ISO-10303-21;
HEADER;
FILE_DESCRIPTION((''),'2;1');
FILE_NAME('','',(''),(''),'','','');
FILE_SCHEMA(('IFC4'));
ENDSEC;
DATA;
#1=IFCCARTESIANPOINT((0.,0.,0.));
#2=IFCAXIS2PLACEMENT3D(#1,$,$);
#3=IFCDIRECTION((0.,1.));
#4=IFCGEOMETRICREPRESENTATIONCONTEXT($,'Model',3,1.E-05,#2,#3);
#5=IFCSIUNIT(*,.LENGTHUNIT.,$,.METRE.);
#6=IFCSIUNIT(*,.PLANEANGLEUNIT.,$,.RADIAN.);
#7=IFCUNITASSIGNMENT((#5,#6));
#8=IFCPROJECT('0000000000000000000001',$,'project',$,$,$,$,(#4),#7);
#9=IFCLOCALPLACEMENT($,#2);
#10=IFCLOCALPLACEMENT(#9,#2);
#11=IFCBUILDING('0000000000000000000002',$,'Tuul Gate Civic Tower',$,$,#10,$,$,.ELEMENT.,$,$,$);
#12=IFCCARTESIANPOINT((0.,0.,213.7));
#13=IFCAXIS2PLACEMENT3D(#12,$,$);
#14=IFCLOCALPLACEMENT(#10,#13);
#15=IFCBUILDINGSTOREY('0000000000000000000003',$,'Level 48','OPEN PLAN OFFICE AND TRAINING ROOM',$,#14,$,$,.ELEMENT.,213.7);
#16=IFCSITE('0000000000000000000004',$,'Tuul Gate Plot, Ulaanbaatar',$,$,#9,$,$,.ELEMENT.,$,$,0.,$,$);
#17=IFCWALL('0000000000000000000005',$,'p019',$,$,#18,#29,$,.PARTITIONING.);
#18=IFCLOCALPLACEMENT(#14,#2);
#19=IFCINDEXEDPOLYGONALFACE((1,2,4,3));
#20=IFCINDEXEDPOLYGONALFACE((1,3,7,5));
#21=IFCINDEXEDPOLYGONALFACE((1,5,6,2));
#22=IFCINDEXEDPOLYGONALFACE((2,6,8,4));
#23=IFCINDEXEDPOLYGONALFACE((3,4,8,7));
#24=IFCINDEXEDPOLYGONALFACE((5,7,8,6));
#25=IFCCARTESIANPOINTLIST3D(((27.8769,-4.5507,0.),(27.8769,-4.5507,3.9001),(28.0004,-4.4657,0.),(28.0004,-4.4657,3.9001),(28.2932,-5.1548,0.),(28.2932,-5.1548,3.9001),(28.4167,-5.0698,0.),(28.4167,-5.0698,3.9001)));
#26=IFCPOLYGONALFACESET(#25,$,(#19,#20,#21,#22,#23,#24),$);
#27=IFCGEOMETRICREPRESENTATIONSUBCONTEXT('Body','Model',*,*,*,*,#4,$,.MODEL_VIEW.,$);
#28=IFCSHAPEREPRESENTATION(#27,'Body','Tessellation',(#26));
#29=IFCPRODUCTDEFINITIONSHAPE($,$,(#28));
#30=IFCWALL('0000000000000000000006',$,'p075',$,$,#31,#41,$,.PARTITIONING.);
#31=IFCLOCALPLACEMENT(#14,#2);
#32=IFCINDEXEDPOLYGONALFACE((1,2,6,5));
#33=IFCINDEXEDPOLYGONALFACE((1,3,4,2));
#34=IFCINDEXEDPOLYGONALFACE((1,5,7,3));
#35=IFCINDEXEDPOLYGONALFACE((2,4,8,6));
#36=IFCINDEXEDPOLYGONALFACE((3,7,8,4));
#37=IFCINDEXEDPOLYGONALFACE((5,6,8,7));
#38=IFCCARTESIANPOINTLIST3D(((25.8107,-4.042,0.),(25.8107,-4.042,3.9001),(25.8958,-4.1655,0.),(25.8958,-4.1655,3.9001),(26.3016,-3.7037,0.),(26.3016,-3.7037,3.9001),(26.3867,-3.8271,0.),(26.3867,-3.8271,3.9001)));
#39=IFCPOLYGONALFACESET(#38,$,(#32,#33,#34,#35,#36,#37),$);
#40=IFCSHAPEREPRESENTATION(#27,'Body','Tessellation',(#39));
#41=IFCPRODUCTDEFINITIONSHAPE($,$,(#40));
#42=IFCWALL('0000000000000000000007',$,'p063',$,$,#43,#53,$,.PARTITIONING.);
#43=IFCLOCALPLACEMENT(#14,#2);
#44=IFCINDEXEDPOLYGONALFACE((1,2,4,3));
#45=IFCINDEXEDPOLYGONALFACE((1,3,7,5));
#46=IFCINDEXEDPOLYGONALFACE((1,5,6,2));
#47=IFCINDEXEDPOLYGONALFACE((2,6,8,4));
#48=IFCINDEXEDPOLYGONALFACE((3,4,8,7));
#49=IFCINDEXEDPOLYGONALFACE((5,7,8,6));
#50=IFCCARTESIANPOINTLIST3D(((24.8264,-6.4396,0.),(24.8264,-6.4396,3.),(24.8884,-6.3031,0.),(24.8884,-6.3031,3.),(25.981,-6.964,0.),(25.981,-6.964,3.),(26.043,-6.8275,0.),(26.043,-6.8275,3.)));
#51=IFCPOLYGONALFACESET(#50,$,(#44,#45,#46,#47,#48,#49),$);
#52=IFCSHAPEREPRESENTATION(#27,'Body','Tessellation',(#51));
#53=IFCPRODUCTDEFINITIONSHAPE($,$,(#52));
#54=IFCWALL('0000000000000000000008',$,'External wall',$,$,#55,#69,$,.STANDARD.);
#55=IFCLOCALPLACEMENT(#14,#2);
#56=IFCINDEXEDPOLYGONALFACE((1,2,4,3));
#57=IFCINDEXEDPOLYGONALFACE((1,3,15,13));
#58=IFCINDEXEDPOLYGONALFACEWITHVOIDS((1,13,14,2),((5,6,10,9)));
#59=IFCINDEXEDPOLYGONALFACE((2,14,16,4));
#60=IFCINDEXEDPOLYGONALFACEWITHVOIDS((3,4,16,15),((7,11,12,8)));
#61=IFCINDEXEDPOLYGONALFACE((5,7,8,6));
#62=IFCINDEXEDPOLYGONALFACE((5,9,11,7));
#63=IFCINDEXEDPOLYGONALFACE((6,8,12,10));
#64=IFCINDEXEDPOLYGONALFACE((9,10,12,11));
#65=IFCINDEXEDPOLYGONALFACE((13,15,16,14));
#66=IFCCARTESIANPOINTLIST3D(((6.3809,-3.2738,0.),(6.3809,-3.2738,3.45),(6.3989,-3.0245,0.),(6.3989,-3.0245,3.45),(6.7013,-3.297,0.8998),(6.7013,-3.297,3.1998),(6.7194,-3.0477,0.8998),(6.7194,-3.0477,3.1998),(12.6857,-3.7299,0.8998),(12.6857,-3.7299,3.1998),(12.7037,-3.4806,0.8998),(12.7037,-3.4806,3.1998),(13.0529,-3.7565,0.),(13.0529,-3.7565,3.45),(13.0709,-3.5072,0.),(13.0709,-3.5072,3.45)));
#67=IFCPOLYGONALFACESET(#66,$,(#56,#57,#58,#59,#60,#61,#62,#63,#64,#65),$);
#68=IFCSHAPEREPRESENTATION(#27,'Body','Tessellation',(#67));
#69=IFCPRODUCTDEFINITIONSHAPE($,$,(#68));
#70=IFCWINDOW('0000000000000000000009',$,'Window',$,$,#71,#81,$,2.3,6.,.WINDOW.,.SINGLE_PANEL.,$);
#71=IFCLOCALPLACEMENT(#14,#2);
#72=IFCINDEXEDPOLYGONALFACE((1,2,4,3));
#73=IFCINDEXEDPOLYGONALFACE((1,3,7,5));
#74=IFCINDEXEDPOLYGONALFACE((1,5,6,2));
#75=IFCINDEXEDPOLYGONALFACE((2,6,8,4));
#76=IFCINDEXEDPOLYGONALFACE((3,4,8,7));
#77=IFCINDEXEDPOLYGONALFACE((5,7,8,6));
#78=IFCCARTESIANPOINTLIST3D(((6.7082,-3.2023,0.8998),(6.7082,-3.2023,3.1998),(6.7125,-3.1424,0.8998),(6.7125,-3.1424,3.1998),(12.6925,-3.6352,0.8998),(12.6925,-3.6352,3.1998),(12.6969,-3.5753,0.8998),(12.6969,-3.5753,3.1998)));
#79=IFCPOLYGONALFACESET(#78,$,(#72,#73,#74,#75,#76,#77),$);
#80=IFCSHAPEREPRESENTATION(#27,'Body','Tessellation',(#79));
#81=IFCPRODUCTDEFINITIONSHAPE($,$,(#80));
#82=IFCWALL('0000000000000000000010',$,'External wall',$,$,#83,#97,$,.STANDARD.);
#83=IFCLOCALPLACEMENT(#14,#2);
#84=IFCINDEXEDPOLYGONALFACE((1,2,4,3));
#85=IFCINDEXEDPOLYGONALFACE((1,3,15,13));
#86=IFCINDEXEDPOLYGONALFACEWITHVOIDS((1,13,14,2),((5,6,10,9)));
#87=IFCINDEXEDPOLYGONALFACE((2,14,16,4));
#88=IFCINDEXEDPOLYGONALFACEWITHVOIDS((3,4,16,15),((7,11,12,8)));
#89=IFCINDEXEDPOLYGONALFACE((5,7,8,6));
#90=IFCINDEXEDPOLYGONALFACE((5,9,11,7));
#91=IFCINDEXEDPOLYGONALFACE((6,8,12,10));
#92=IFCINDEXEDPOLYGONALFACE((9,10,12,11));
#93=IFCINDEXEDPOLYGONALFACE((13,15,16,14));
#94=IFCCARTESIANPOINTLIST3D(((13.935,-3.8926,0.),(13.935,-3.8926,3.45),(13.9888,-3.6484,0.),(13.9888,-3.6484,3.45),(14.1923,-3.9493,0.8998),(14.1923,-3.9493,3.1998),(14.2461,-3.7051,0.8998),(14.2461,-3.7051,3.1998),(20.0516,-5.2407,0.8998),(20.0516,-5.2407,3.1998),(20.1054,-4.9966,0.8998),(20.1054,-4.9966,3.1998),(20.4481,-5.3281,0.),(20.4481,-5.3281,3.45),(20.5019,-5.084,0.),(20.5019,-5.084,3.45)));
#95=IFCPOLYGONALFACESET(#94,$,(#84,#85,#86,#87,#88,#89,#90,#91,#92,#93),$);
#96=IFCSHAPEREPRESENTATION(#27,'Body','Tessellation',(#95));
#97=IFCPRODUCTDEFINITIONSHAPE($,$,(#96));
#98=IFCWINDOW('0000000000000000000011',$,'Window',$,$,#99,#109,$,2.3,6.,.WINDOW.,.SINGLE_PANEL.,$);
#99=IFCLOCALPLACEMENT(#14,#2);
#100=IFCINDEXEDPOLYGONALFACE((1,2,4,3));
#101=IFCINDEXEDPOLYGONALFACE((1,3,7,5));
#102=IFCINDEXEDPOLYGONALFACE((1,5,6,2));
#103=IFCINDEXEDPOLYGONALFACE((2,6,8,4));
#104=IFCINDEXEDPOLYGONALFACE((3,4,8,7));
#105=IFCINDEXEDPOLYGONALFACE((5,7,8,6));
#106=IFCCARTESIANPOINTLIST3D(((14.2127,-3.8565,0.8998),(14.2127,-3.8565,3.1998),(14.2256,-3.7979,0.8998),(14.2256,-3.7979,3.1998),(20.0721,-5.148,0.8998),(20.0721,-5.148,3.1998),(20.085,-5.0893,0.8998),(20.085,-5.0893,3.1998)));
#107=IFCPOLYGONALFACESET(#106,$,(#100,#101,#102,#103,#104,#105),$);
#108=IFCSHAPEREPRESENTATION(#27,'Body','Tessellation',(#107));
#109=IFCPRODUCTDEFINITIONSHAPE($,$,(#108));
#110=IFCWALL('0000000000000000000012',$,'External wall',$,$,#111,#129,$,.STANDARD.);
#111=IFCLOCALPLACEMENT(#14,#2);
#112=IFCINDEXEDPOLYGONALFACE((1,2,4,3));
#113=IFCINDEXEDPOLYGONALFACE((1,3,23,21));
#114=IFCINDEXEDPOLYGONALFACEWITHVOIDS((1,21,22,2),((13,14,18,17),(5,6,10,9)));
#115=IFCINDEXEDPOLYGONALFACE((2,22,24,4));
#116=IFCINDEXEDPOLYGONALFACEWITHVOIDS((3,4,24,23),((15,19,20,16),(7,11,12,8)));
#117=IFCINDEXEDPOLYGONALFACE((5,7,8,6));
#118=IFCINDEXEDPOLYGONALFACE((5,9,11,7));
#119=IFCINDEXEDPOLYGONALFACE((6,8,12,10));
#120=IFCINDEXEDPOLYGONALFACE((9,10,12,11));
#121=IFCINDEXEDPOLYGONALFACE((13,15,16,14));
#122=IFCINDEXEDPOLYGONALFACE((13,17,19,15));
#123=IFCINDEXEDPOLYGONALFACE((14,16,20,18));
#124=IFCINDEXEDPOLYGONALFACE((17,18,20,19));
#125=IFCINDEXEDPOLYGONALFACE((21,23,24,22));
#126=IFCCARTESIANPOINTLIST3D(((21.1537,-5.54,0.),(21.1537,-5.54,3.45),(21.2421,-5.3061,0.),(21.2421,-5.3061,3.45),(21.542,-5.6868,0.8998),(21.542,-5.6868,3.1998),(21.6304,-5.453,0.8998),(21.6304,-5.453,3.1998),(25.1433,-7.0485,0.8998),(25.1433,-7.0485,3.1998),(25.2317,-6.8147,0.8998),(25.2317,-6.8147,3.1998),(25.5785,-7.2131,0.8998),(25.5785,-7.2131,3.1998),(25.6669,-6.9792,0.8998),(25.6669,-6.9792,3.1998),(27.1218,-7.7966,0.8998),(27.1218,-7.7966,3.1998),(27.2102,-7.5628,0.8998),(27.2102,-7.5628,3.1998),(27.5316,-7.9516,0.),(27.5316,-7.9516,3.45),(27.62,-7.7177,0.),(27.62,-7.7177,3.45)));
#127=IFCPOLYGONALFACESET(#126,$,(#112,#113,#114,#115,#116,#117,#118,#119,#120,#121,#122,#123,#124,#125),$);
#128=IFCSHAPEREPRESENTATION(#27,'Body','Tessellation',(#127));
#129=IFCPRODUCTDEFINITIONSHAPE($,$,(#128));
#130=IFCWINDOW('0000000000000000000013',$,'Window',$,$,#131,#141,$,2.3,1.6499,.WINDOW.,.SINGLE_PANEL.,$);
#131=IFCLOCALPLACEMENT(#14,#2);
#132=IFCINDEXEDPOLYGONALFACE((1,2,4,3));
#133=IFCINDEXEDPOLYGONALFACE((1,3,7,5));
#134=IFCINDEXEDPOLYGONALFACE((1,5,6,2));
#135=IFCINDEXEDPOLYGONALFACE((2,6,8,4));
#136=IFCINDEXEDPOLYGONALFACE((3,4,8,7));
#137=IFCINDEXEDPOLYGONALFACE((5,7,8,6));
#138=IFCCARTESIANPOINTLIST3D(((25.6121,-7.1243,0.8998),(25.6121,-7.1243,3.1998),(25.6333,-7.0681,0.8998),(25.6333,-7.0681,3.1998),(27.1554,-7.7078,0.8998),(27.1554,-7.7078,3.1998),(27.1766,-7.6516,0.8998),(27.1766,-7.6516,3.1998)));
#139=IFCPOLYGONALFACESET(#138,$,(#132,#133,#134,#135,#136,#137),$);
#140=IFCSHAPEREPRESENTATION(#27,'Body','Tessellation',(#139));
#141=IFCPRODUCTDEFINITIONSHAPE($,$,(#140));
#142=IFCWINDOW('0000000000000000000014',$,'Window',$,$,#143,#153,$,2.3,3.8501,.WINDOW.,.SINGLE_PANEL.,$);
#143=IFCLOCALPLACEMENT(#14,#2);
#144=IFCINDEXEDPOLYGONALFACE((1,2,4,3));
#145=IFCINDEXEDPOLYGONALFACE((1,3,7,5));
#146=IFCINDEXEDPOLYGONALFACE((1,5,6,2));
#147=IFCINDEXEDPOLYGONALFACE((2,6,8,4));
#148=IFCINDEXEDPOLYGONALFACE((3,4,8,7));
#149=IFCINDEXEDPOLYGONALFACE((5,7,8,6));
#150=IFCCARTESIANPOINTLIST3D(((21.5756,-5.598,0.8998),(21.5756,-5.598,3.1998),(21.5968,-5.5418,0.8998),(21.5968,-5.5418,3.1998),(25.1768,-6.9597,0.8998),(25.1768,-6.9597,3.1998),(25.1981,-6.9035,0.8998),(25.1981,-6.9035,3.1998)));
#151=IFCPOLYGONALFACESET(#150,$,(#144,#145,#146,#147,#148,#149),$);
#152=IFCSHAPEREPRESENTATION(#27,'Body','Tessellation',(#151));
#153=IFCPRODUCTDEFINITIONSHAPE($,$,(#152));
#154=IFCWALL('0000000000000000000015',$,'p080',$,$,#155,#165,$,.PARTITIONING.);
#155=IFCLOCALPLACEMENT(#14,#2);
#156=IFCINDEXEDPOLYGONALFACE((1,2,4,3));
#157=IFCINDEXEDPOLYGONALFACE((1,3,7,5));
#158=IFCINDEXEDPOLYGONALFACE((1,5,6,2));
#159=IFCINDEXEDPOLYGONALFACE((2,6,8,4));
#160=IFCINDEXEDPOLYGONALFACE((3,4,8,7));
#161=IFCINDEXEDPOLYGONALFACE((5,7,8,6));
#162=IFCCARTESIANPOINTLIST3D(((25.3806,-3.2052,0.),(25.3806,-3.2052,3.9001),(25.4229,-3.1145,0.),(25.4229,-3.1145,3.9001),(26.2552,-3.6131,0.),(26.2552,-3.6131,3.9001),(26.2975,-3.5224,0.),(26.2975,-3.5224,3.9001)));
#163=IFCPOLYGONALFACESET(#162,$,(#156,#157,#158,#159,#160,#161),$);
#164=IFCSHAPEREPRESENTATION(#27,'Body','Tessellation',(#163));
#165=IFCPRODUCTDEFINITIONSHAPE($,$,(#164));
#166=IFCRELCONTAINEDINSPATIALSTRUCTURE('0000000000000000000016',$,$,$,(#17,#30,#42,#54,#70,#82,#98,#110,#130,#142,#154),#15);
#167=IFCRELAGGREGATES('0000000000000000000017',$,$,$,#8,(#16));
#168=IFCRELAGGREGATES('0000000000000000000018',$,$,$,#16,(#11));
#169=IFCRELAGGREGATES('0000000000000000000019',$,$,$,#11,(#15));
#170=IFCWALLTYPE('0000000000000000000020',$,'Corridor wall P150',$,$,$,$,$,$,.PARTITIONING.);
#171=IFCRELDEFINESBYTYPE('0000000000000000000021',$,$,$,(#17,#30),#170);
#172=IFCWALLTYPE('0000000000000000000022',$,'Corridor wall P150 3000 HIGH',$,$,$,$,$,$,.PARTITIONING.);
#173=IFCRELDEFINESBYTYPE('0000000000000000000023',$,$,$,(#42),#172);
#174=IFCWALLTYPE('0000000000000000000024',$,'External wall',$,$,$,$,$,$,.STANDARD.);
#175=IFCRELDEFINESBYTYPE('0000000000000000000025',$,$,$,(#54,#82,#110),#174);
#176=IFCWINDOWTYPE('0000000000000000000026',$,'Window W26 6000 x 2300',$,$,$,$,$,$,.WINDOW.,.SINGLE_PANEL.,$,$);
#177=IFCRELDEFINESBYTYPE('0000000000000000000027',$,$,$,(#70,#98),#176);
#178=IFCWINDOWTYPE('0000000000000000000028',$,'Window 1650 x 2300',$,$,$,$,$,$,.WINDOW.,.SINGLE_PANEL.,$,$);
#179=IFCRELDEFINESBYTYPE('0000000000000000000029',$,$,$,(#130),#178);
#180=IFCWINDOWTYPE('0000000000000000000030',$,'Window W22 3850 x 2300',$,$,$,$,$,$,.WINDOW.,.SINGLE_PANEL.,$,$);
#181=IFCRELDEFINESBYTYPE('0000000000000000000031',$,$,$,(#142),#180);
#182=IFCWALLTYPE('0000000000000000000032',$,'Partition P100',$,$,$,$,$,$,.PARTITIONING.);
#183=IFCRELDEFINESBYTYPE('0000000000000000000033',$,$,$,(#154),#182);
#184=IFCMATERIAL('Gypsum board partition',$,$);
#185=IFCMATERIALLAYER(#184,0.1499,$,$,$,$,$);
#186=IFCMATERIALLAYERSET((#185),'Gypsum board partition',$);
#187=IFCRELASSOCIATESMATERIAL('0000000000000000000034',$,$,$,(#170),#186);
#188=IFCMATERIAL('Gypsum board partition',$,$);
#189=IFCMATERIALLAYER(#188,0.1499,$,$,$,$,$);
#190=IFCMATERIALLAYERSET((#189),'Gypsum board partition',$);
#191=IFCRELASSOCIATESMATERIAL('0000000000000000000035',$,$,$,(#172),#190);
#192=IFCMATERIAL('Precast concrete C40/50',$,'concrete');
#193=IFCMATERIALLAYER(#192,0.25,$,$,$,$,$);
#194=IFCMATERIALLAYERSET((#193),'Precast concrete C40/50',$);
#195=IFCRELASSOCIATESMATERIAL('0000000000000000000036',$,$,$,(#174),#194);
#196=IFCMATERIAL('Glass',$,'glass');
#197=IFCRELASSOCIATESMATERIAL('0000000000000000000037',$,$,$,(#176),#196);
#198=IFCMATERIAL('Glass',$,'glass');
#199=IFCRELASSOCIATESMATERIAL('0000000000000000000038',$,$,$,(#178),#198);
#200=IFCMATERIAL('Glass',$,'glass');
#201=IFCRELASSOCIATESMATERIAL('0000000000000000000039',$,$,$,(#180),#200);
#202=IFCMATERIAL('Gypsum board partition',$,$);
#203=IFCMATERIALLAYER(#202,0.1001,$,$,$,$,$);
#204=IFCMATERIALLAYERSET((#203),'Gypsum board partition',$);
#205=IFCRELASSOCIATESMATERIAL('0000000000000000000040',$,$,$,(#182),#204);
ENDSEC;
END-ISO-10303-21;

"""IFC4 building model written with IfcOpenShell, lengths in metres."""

from ifc_helpers import new_model, si_unit, direction, frame, frame_2d, origin, place, context, subcontext, project, spatial, rectangle, extrude, material, layer, layer_set, type_object, element, fill, save


model = new_model("IFC4")

# Units and contexts
model_context = context("Model", 3, precision=1e-05, world=origin(), true_north=direction((0.0, 1.0)))
body_context = subcontext(model_context, "Body", "Model", "MODEL_VIEW")
ifc_project = project(units=[si_unit("LENGTHUNIT", "METRE"), si_unit("PLANEANGLEUNIT", "RADIAN")], contexts=[model_context])

# Site, building, storey
site_placement = place(None, origin())
site = spatial("IfcSite", under=ifc_project, at=site_placement, Name="Tuul Gate Plot, Ulaanbaatar", CompositionType="ELEMENT", RefElevation=0.0)
building_placement = place(site_placement, origin())
building = spatial("IfcBuilding", under=site, at=building_placement, Name="Tuul Gate Civic Tower", CompositionType="ELEMENT")
storey_placement = place(building_placement, frame((0.0, 0.0, 213.7)))
storey = spatial("IfcBuildingStorey", under=building, at=storey_placement, Name="Level 48", Description="OPEN PLAN OFFICE AND TRAINING ROOM", CompositionType="ELEMENT", Elevation=213.7)

# Walls
ifc_material_1 = material(Name="Gypsum board partition")
ifc_layer_1 = layer(ifc_material_1, 0.1499)
ifc_layer_set_1 = layer_set([ifc_layer_1], Name="Gypsum board partition")
wall_type_1 = type_object("IfcWallType", Name="Corridor wall P150", PredefinedType="PARTITIONING", material=ifc_layer_set_1)
wall_1_placement = place(storey_placement, frame((27.9387, -4.5083, 0.0), z_axis=(0.0, 0.0, 1.0), x_axis=(0.567461, -0.8234, 0.0)))
element("IfcWall", 1, at=wall_1_placement, inside=storey, type_object=wall_type_1, Name="p019", PredefinedType="PARTITIONING", context=body_context, shape_type="SweptSolid", body=[
    extrude(rectangle(XDim=0.7336, YDim=0.1499, at=frame_2d((0.3667, 0.0))), origin(), (0.0, 0.0, 1.0), 3.9001),
])
wall_2_placement = place(storey_placement, frame((25.8533, -4.1038, 0.0), z_axis=(0.0, 0.0, 1.0), x_axis=(0.823384, 0.567484, 0.0)))
element("IfcWall", 2, at=wall_2_placement, inside=storey, type_object=wall_type_1, Name="p075", PredefinedType="PARTITIONING", context=body_context, shape_type="SweptSolid", body=[
    extrude(rectangle(XDim=0.5962, YDim=0.1499, at=frame_2d((0.2981, 0.0))), origin(), (0.0, 0.0, 1.0), 3.9001),
])
ifc_material_2 = material(Name="Gypsum board partition")
ifc_layer_2 = layer(ifc_material_2, 0.1499)
ifc_layer_set_2 = layer_set([ifc_layer_2], Name="Gypsum board partition")
wall_type_2 = type_object("IfcWallType", Name="Corridor wall P150 3000 HIGH", PredefinedType="PARTITIONING", material=ifc_layer_set_2)
wall_3_placement = place(storey_placement, frame((24.8574, -6.3713, 0.0), z_axis=(0.0, 0.0, 1.0), x_axis=(0.910479, -0.413556, 0.0)))
element("IfcWall", 3, at=wall_3_placement, inside=storey, type_object=wall_type_2, Name="p063", PredefinedType="PARTITIONING", context=body_context, shape_type="SweptSolid", body=[
    extrude(rectangle(XDim=1.2681, YDim=0.1499, at=frame_2d((0.634, 0.0))), origin(), (0.0, 0.0, 1.0), 3.0),
])

# Walls, openings, windows
ifc_material_3 = material(Name="Precast concrete C40/50", Category="concrete")
ifc_layer_3 = layer(ifc_material_3, 0.25)
ifc_layer_set_3 = layer_set([ifc_layer_3], Name="Precast concrete C40/50")
wall_type_3 = type_object("IfcWallType", Name="External wall", PredefinedType="STANDARD", material=ifc_layer_set_3)
wall_4_placement = place(storey_placement, frame((6.3899, -3.1492, 0.0), z_axis=(0.0, 0.0, 1.0), x_axis=(0.997394, -0.072152, 0.0)))
wall_4 = element("IfcWall", 4, at=wall_4_placement, inside=storey, type_object=wall_type_3, Name="External wall", PredefinedType="STANDARD", context=body_context, shape_type="SweptSolid", body=[
    extrude(rectangle(XDim=6.6895, YDim=0.25, at=frame_2d((3.3447, 0.0))), origin(), (0.0, 0.0, 1.0), 3.45),
])
opening_1_placement = place(wall_4_placement, frame((0.3213, 0.0, 0.8999)))
opening_1 = element("IfcOpeningElement", 5, at=opening_1_placement, cuts=wall_4, PredefinedType="OPENING", context=body_context, shape_type="SweptSolid", body=[
    extrude(rectangle(XDim=6.0, YDim=2.3, at=frame_2d((3.0, 1.1499))), frame((0.0, 0.135, 0.0), z_axis=(0.0, -1.0, 0.0), x_axis=(1.0, 0.0, 0.0)), (0.0, 0.0, 1.0), 0.27),
])
ifc_material_4 = material(Name="Glass", Category="glass")
window_type_1 = type_object("IfcWindowType", Name="Window W26 6000 x 2300", PartitioningType="SINGLE_PANEL", PredefinedType="WINDOW", material=ifc_material_4)
window_1_placement = place(opening_1_placement, origin())
window_1 = element("IfcWindow", 6, at=window_1_placement, inside=storey, type_object=window_type_1, Name="Window", OverallHeight=2.3, OverallWidth=6.0, PartitioningType="SINGLE_PANEL", PredefinedType="WINDOW", context=body_context, shape_type="SweptSolid", body=[
    extrude(rectangle(XDim=6.0, YDim=2.3, at=frame_2d((3.0, 1.1499))), frame((0.0, 0.03, 0.0), z_axis=(0.0, -1.0, 0.0), x_axis=(1.0, 0.0, 0.0)), (0.0, 0.0, 1.0), 0.0601),
])
fill(opening_1, window_1)
wall_5_placement = place(storey_placement, frame((13.9619, -3.7705, 0.0), z_axis=(0.0, 0.0, 1.0), x_axis=(0.976561, -0.21524, 0.0)))
wall_5 = element("IfcWall", 7, at=wall_5_placement, inside=storey, type_object=wall_type_3, Name="External wall", PredefinedType="STANDARD", context=body_context, shape_type="SweptSolid", body=[
    extrude(rectangle(XDim=6.6694, YDim=0.25, at=frame_2d((3.3347, 0.0))), origin(), (0.0, 0.0, 1.0), 3.45),
])
opening_2_placement = place(wall_5_placement, frame((0.2634, 0.0, 0.8999)))
opening_2 = element("IfcOpeningElement", 8, at=opening_2_placement, cuts=wall_5, PredefinedType="OPENING", context=body_context, shape_type="SweptSolid", body=[
    extrude(rectangle(XDim=6.0, YDim=2.3, at=frame_2d((3.0, 1.1499))), frame((0.0, 0.135, 0.0), z_axis=(0.0, -1.0, 0.0), x_axis=(1.0, 0.0, 0.0)), (0.0, 0.0, 1.0), 0.27),
])
window_2_placement = place(opening_2_placement, origin())
window_2 = element("IfcWindow", 9, at=window_2_placement, inside=storey, type_object=window_type_1, Name="Window", OverallHeight=2.3, OverallWidth=6.0, PartitioningType="SINGLE_PANEL", PredefinedType="WINDOW", context=body_context, shape_type="SweptSolid", body=[
    extrude(rectangle(XDim=6.0, YDim=2.3, at=frame_2d((3.0, 1.1499))), frame((0.0, 0.03, 0.0), z_axis=(0.0, -1.0, 0.0), x_axis=(1.0, 0.0, 0.0)), (0.0, 0.0, 1.0), 0.0601),
])
fill(opening_2, window_2)

# Wall, openings, windows
wall_6_placement = place(storey_placement, frame((21.198, -5.4231, 0.0), z_axis=(0.0, 0.0, 1.0), x_axis=(0.935366, -0.35368, 0.0)))
wall_6 = element("IfcWall", 10, at=wall_6_placement, inside=storey, type_object=wall_type_3, Name="External wall", PredefinedType="STANDARD", context=body_context, shape_type="SweptSolid", body=[
    extrude(rectangle(XDim=6.8186, YDim=0.25, at=frame_2d((3.4092, 0.0))), origin(), (0.0, 0.0, 1.0), 3.45),
])
opening_3_placement = place(wall_6_placement, frame((0.415, 0.0, 0.8999)))
opening_3 = element("IfcOpeningElement", 11, at=opening_3_placement, cuts=wall_6, PredefinedType="OPENING", context=body_context, shape_type="SweptSolid", body=[
    extrude(rectangle(XDim=3.8501, YDim=2.3, at=frame_2d((1.925, 1.1499))), frame((0.0, 0.135, 0.0), z_axis=(0.0, -1.0, 0.0), x_axis=(1.0, 0.0, 0.0)), (0.0, 0.0, 1.0), 0.27),
])
opening_4_placement = place(wall_6_placement, frame((4.7305, 0.0, 0.8999)))
opening_4 = element("IfcOpeningElement", 12, at=opening_4_placement, cuts=wall_6, PredefinedType="OPENING", context=body_context, shape_type="SweptSolid", body=[
    extrude(rectangle(XDim=1.6499, YDim=2.3, at=frame_2d((0.825, 1.1499))), frame((0.0, 0.135, 0.0), z_axis=(0.0, -1.0, 0.0), x_axis=(1.0, 0.0, 0.0)), (0.0, 0.0, 1.0), 0.27),
])
ifc_material_5 = material(Name="Glass", Category="glass")
window_type_2 = type_object("IfcWindowType", Name="Window 1650 x 2300", PartitioningType="SINGLE_PANEL", PredefinedType="WINDOW", material=ifc_material_5)
window_3_placement = place(opening_4_placement, origin())
window_3 = element("IfcWindow", 13, at=window_3_placement, inside=storey, type_object=window_type_2, Name="Window", OverallHeight=2.3, OverallWidth=1.6499, PartitioningType="SINGLE_PANEL", PredefinedType="WINDOW", context=body_context, shape_type="SweptSolid", body=[
    extrude(rectangle(XDim=1.6499, YDim=2.3, at=frame_2d((0.825, 1.1499))), frame((0.0, 0.03, 0.0), z_axis=(0.0, -1.0, 0.0), x_axis=(1.0, 0.0, 0.0)), (0.0, 0.0, 1.0), 0.0601),
])
fill(opening_4, window_3)
ifc_material_6 = material(Name="Glass", Category="glass")
window_type_3 = type_object("IfcWindowType", Name="Window W22 3850 x 2300", PartitioningType="SINGLE_PANEL", PredefinedType="WINDOW", material=ifc_material_6)
window_4_placement = place(opening_3_placement, origin())
window_4 = element("IfcWindow", 14, at=window_4_placement, inside=storey, type_object=window_type_3, Name="Window", OverallHeight=2.3, OverallWidth=3.8501, PartitioningType="SINGLE_PANEL", PredefinedType="WINDOW", context=body_context, shape_type="SweptSolid", body=[
    extrude(rectangle(XDim=3.8501, YDim=2.3, at=frame_2d((1.925, 1.1499))), frame((0.0, 0.03, 0.0), z_axis=(0.0, -1.0, 0.0), x_axis=(1.0, 0.0, 0.0)), (0.0, 0.0, 1.0), 0.0601),
])
fill(opening_3, window_4)

# Wall
ifc_material_7 = material(Name="Gypsum board partition")
ifc_layer_4 = layer(ifc_material_7, 0.1001)
ifc_layer_set_4 = layer_set([ifc_layer_4], Name="Gypsum board partition")
wall_type_4 = type_object("IfcWallType", Name="Partition P100", PredefinedType="PARTITIONING", material=ifc_layer_set_4)
wall_7_placement = place(storey_placement, frame((25.4019, -3.1599, 0.0), z_axis=(0.0, 0.0, 1.0), x_axis=(0.906287, -0.422664, 0.0)))
element("IfcWall", 15, at=wall_7_placement, inside=storey, type_object=wall_type_4, Name="p080", PredefinedType="PARTITIONING", context=body_context, shape_type="SweptSolid", body=[
    extrude(rectangle(XDim=0.9651, YDim=0.1001, at=frame_2d((0.4824, 0.0))), origin(), (0.0, 0.0, 1.0), 3.9001),
])

save(model, "model.ifc")
